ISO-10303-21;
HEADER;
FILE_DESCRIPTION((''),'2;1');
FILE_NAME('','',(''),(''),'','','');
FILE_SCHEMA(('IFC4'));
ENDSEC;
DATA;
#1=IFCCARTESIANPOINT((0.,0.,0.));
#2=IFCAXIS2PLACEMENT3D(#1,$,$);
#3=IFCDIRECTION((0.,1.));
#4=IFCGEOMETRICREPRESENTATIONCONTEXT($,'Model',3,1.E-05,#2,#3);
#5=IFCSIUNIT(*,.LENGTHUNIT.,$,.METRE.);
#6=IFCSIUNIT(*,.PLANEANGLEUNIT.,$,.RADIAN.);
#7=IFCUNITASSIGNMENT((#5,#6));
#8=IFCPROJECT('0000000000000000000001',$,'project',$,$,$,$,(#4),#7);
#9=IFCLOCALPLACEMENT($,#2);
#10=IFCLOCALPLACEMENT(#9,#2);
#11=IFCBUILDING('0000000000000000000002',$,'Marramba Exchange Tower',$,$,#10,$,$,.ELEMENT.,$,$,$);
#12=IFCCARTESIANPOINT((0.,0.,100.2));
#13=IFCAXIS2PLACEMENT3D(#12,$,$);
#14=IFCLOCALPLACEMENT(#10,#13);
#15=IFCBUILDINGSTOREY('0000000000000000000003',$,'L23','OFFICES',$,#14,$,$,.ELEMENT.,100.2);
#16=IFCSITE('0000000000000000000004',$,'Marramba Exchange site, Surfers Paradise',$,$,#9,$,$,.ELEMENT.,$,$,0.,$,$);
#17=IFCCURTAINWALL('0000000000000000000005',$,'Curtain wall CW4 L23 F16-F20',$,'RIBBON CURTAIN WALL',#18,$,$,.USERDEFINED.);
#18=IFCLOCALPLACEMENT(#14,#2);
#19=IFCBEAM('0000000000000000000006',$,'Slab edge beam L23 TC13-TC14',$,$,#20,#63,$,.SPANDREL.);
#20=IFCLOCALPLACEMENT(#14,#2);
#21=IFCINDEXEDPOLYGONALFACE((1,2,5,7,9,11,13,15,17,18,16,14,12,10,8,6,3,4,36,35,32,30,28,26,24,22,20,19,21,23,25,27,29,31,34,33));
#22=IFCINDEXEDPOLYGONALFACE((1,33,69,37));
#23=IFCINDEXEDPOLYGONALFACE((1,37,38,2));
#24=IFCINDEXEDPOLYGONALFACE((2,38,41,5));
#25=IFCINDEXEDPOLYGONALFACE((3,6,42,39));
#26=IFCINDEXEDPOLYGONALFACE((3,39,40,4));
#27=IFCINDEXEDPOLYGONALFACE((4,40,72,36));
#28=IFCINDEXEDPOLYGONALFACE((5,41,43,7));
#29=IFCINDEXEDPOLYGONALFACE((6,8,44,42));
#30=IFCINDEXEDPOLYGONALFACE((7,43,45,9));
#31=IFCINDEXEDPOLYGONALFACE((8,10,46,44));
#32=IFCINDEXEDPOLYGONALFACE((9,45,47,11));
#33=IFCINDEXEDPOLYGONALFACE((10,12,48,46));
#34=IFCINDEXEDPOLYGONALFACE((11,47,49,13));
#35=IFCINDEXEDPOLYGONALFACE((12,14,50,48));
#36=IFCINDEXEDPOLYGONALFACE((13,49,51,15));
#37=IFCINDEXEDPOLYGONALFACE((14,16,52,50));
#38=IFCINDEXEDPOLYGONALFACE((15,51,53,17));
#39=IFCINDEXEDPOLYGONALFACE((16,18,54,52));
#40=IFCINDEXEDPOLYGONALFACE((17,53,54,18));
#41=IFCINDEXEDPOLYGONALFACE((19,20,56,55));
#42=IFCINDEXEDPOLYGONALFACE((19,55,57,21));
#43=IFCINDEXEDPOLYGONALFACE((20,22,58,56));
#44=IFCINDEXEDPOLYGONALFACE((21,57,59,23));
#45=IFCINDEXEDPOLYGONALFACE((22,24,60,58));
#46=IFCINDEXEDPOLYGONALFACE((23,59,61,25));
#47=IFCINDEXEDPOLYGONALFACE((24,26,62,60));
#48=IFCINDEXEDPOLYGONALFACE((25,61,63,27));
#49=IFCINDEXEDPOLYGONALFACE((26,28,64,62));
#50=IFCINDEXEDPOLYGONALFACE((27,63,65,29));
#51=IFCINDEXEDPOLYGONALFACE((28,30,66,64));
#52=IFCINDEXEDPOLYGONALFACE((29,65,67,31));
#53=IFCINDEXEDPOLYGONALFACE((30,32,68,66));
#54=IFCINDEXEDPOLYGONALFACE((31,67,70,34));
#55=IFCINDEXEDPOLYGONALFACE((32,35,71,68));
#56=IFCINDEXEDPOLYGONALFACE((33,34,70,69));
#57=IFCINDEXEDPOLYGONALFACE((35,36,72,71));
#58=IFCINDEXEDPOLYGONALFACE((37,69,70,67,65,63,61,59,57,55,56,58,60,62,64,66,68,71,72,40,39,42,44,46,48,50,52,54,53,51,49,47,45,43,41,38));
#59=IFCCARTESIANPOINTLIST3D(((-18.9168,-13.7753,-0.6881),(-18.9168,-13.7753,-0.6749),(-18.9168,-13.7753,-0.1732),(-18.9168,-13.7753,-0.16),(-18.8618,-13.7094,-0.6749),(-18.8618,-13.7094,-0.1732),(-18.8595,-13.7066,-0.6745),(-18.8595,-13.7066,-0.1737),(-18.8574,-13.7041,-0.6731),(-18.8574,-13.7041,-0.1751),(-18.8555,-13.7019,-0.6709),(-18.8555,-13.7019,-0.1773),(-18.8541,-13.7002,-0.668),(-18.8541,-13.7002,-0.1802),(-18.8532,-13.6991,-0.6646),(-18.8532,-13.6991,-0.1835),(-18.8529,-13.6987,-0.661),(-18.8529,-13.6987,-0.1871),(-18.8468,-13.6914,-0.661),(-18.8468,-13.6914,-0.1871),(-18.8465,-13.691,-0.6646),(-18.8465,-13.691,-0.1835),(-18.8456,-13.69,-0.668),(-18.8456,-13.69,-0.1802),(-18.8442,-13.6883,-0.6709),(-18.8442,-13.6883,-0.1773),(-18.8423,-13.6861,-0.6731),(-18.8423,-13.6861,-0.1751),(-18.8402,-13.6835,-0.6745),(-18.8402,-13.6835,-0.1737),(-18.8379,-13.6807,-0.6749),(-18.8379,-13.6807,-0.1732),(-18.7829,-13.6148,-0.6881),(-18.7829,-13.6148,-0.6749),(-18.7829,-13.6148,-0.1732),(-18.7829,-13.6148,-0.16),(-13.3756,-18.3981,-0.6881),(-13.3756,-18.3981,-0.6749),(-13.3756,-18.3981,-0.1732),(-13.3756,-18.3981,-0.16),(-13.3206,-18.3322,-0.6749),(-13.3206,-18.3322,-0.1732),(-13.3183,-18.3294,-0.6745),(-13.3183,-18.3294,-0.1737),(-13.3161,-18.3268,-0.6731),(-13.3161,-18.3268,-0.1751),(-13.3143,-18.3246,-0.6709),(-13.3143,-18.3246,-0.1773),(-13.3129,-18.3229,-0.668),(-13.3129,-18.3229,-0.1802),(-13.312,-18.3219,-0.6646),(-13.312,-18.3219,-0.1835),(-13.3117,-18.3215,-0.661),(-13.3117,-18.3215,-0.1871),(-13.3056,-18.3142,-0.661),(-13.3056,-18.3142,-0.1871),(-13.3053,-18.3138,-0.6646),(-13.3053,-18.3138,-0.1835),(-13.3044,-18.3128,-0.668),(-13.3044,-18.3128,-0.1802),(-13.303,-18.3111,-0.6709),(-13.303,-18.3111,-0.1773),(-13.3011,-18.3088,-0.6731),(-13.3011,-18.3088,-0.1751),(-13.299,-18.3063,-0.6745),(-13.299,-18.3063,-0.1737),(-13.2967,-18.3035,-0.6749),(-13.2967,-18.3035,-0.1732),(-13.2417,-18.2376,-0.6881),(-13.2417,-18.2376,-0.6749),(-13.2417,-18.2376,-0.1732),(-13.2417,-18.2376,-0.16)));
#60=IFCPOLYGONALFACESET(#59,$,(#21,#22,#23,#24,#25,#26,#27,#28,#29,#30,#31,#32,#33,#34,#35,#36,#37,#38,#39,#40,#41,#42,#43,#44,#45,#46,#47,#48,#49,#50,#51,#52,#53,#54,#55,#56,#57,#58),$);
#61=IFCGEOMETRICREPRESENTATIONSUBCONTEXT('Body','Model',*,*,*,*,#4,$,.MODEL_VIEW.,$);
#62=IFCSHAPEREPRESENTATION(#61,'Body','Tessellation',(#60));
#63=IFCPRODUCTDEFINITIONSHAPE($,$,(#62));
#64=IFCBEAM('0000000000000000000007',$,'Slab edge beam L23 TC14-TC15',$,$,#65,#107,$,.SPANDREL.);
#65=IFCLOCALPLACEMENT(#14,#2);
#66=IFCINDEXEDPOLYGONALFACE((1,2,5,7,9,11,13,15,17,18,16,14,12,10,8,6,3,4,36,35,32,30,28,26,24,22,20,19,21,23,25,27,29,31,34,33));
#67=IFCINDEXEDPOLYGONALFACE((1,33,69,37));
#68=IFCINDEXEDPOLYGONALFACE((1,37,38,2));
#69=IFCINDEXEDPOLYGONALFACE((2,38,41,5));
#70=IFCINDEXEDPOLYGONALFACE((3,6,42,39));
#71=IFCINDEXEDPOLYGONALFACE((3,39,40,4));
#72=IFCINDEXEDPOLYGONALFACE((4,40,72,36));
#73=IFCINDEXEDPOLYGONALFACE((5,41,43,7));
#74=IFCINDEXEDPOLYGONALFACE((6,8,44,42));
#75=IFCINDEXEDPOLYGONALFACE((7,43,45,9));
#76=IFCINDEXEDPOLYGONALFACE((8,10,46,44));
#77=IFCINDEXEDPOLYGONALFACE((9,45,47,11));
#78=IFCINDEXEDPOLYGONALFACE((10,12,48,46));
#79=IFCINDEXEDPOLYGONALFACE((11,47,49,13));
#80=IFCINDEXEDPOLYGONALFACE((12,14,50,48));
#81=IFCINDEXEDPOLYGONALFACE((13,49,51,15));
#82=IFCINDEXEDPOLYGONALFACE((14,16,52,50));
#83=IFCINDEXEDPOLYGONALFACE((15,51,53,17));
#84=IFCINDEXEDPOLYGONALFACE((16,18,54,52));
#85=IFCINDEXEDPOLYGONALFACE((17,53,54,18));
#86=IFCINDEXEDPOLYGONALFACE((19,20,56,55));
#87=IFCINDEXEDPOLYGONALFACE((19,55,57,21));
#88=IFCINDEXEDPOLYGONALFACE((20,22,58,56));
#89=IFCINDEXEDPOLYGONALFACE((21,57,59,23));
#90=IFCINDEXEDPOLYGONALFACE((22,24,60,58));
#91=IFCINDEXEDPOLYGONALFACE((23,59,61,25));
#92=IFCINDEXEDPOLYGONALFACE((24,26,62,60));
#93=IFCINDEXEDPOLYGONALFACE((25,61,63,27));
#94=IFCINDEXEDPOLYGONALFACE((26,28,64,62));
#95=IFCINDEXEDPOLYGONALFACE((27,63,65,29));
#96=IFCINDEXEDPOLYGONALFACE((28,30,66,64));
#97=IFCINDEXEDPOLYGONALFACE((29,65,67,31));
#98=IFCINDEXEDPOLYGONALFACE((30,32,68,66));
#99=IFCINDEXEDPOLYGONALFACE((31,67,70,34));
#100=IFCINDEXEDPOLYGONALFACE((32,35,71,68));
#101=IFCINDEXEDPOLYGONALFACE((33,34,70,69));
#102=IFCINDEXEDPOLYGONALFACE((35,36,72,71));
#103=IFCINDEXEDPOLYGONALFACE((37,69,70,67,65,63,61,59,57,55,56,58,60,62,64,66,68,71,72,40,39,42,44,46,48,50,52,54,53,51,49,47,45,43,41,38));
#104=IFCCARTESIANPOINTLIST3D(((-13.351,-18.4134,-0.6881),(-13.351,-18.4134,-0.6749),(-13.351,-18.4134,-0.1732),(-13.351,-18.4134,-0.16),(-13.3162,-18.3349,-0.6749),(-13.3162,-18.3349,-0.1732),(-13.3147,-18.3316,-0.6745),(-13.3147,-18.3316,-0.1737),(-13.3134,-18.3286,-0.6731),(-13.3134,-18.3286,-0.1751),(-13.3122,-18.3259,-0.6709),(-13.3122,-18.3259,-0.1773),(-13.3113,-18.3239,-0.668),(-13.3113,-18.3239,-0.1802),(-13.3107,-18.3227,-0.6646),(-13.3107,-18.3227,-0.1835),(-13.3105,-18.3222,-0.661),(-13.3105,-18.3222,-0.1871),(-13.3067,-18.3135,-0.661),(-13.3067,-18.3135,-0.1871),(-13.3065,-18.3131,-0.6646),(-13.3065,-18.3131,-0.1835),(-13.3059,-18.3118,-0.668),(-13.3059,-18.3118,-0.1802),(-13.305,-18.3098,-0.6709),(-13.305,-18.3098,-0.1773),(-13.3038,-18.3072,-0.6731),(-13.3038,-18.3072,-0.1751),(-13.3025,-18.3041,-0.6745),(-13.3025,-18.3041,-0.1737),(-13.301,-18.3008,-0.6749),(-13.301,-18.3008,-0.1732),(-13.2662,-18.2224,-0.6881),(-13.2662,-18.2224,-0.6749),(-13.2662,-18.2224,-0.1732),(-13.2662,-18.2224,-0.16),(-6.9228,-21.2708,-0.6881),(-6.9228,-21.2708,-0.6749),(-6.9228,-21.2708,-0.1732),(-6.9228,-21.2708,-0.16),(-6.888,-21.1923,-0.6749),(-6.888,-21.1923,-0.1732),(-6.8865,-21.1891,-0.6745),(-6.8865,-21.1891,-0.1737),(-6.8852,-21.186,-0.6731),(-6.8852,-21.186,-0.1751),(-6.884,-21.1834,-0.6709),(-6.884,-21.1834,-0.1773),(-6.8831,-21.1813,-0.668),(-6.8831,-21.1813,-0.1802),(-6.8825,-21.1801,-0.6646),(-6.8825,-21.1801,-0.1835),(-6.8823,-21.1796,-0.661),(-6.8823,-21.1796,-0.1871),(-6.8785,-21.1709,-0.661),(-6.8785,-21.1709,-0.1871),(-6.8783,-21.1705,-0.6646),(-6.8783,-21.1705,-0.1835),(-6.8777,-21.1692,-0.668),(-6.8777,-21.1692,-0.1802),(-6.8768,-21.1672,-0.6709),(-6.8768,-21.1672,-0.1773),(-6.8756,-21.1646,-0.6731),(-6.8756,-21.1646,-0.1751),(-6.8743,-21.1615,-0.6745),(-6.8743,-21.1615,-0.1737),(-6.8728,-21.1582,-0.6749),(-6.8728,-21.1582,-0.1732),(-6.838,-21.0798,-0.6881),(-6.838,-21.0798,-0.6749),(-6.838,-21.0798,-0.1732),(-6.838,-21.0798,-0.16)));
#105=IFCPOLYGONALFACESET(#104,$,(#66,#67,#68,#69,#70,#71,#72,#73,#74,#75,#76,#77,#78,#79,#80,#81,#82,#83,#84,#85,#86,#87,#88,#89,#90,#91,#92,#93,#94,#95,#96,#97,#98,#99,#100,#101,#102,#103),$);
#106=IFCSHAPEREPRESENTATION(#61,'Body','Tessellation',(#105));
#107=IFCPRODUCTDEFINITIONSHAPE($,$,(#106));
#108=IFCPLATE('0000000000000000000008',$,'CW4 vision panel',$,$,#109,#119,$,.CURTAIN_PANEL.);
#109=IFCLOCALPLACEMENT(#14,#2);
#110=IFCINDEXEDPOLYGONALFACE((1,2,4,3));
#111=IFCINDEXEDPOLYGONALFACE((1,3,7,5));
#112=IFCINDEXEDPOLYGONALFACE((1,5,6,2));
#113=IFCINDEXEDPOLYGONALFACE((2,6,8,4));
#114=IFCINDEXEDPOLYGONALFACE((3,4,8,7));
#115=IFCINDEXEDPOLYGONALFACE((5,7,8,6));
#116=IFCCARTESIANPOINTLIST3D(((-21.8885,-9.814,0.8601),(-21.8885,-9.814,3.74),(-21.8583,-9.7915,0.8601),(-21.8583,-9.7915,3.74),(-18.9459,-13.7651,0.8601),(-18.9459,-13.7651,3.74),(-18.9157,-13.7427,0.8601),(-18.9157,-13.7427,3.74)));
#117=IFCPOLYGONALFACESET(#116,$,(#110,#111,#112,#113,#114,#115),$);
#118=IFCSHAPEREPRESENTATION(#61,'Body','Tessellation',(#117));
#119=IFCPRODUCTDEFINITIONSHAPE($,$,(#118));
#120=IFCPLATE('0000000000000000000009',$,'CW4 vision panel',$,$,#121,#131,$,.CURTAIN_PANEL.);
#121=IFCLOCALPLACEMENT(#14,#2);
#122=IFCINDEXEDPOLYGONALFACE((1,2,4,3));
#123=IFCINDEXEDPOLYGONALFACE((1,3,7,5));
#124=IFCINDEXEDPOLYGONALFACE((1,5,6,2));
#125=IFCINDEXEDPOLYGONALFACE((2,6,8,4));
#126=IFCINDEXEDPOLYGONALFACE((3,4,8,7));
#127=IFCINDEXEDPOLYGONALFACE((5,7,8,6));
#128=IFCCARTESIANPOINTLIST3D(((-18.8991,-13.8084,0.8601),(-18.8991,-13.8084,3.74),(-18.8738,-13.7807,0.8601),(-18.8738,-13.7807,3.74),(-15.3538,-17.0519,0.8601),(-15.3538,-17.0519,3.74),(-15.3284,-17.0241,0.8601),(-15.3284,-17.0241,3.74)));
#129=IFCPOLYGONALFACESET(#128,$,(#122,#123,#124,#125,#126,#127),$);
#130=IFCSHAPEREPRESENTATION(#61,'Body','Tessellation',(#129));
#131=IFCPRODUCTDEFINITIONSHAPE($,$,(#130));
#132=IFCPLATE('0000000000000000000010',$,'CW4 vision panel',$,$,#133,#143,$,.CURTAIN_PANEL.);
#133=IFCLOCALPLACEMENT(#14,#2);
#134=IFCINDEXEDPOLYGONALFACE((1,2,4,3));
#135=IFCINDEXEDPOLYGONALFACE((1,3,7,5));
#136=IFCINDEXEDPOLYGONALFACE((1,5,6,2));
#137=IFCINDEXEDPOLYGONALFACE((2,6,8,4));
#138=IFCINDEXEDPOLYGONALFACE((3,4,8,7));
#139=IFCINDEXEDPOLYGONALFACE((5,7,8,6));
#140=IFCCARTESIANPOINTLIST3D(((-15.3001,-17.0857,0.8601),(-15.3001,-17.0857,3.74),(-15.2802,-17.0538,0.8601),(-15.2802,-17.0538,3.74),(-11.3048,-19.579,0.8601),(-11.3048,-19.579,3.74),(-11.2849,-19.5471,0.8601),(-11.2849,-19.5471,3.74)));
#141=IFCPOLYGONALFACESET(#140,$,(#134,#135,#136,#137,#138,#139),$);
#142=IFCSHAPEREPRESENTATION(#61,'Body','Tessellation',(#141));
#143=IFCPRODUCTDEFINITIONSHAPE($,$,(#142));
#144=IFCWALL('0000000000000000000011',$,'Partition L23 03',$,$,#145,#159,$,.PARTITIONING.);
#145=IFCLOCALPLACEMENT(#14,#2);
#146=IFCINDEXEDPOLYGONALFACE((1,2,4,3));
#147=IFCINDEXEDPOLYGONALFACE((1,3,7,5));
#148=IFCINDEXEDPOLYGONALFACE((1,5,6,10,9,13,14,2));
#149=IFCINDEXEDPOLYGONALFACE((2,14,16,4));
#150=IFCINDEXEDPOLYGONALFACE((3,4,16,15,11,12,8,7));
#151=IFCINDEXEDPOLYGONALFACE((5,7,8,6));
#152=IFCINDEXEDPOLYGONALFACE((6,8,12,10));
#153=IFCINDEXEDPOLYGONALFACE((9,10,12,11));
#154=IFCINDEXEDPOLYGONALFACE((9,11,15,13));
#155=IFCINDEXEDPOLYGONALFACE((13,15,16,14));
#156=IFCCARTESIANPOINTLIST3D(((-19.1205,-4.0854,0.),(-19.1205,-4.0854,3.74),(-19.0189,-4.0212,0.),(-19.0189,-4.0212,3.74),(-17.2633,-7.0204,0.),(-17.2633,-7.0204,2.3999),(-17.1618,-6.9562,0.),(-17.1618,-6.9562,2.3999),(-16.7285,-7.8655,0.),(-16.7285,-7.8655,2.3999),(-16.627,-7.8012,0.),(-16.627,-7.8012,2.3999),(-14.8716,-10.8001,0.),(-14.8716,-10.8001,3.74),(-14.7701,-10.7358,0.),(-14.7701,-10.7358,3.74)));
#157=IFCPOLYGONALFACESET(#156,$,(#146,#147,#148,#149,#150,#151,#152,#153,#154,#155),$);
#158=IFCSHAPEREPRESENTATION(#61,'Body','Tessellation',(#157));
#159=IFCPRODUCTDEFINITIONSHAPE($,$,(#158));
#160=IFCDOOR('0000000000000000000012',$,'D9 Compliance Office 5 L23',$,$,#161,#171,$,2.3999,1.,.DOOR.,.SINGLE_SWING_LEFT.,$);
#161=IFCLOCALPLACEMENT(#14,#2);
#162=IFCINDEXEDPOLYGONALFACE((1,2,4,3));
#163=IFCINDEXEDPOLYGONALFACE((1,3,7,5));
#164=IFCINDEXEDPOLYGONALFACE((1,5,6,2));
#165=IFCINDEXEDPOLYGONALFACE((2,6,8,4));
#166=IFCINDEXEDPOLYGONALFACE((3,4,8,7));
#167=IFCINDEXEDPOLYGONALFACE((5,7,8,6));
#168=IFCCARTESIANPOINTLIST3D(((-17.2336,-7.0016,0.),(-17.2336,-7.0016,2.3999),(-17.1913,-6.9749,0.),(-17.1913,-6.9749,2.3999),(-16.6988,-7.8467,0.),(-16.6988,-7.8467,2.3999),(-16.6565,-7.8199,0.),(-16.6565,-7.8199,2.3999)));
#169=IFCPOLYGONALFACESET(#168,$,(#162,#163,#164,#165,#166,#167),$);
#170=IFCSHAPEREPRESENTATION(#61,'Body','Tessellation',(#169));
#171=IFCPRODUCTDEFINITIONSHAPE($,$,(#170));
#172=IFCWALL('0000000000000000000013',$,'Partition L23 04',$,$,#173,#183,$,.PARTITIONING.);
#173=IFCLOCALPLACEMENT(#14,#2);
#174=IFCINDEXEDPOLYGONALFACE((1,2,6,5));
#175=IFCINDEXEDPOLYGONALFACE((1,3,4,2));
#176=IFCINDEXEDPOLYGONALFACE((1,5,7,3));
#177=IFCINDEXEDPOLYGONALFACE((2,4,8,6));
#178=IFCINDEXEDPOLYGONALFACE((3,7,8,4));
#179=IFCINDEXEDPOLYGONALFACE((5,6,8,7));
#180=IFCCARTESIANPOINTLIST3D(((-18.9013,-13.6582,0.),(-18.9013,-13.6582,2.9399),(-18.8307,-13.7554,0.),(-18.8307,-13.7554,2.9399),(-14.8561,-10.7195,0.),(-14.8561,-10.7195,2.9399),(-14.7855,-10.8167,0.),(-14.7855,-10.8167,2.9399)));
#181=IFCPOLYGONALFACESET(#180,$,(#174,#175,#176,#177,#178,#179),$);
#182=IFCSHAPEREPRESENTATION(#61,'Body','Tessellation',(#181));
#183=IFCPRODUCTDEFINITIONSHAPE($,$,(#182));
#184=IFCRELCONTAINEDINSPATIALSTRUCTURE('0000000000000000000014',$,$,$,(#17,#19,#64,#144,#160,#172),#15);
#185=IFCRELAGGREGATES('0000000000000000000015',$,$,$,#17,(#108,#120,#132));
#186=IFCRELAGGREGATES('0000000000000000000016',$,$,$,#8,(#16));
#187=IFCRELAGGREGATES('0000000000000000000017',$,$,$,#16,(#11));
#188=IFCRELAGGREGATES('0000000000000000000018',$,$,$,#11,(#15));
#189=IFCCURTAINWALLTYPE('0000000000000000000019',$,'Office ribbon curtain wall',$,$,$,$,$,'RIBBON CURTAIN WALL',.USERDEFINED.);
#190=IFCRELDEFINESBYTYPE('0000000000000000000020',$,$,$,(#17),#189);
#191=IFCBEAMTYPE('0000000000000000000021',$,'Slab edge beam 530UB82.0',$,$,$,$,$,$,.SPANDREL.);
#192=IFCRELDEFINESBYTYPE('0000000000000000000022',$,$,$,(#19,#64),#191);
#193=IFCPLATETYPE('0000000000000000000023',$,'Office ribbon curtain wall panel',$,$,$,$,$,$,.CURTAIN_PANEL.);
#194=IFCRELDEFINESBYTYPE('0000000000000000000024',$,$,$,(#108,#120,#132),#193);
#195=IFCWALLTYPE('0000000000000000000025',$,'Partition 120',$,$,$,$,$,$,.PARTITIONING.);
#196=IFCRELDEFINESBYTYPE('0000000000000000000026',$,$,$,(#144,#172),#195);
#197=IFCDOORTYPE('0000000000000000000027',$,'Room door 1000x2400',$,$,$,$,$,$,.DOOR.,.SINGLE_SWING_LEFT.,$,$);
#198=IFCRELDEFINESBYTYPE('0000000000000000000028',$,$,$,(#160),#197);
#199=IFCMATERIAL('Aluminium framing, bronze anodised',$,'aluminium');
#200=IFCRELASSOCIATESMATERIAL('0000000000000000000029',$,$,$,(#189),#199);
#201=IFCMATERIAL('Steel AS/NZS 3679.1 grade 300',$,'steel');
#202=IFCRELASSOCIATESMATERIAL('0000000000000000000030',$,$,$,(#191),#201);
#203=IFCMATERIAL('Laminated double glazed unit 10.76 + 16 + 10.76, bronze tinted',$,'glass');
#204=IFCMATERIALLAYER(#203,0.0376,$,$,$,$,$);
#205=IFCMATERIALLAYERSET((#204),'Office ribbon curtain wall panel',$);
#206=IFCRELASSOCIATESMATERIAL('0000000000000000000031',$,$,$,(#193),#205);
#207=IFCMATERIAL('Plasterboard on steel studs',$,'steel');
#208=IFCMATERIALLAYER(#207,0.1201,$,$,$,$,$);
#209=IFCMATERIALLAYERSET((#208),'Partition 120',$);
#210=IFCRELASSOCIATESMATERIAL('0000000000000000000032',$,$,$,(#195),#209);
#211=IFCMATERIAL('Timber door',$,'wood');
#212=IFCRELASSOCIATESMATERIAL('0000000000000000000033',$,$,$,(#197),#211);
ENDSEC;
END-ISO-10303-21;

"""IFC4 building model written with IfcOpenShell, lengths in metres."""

from ifc_helpers import new_model, si_unit, direction, frame, frame_2d, origin, origin_2d, place, context, subcontext, project, spatial, rectangle, i_section, extrude, material, layer, layer_set, material_profile, profile_set, type_object, element, fill, aggregate, save


model = new_model("IFC4")

# Units and contexts
model_context = context("Model", 3, precision=1e-05, world=origin(), true_north=direction((0.0, 1.0)))
body_context = subcontext(model_context, "Body", "Model", "MODEL_VIEW")
ifc_project = project(units=[si_unit("LENGTHUNIT", "METRE"), si_unit("PLANEANGLEUNIT", "RADIAN")], contexts=[model_context])

# Site, building, storey
site_placement = place(None, origin())
site = spatial("IfcSite", under=ifc_project, at=site_placement, Name="Marramba Exchange site, Surfers Paradise", CompositionType="ELEMENT", RefElevation=0.0)
building_placement = place(site_placement, origin())
building = spatial("IfcBuilding", under=site, at=building_placement, Name="Marramba Exchange Tower", CompositionType="ELEMENT")
storey_placement = place(building_placement, frame((0.0, 0.0, 100.2)))
storey = spatial("IfcBuildingStorey", under=building, at=storey_placement, Name="L23", Description="OFFICES", CompositionType="ELEMENT", Elevation=100.2)

# Curtain wall
ifc_material_1 = material(Name="Aluminium framing, bronze anodised", Category="aluminium")
curtain_wall_type = type_object("IfcCurtainWallType", Name="Office ribbon curtain wall", ElementType="RIBBON CURTAIN WALL", PredefinedType="USERDEFINED", material=ifc_material_1)
curtain_wall_placement = place(storey_placement, origin())
curtain_wall = element("IfcCurtainWall", 1, at=curtain_wall_placement, inside=storey, type_object=curtain_wall_type, Name="Curtain wall CW4 L23 F16-F20", ObjectType="RIBBON CURTAIN WALL", PredefinedType="USERDEFINED")

# Beams
ifc_material_2 = material(Name="Steel AS/NZS 3679.1 grade 300", Category="steel")
ifc_material_profile_1 = material_profile(ifc_material_2, i_section(OverallWidth=0.209, OverallDepth=0.5281, WebThickness=0.0095, FlangeThickness=0.0132, FilletRadius=0.0139, at=origin_2d()), Name="530UB82.0")
ifc_profile_set_1 = profile_set([ifc_material_profile_1], Name="Steel AS/NZS 3679.1 grade 300")
beam_type_1 = type_object("IfcBeamType", Name="Slab edge beam 530UB82.0", PredefinedType="SPANDREL", material=ifc_profile_set_1)
beam_1_placement = place(storey_placement, frame((-18.8499, -13.6951, -0.4241), z_axis=(0.767875, -0.6406, 0.0), x_axis=(0.6406, 0.767875, 0.0)))
element("IfcBeam", 2, at=beam_1_placement, inside=storey, type_object=beam_type_1, Name="Slab edge beam L23 TC13-TC14", PredefinedType="SPANDREL", context=body_context, shape_type="SweptSolid", body=[
    extrude(i_section(OverallWidth=0.209, OverallDepth=0.5281, WebThickness=0.0095, FlangeThickness=0.0132, FilletRadius=0.0139, at=origin_2d()), origin(), (0.0, 0.0, 1.0), 7.2163),
])
beam_2_placement = place(storey_placement, frame((-13.3086, -18.3179, -0.4241), z_axis=(0.913789, -0.40619, 0.0), x_axis=(0.40619, 0.913789, 0.0)))
element("IfcBeam", 3, at=beam_2_placement, inside=storey, type_object=beam_type_1, Name="Slab edge beam L23 TC14-TC15", PredefinedType="SPANDREL", context=body_context, shape_type="SweptSolid", body=[
    extrude(i_section(OverallWidth=0.209, OverallDepth=0.5281, WebThickness=0.0095, FlangeThickness=0.0132, FilletRadius=0.0139, at=origin_2d()), origin(), (0.0, 0.0, 1.0), 7.0347),
])

# Plates
ifc_material_3 = material(Name="Laminated double glazed unit 10.76 + 16 + 10.76, bronze tinted", Category="glass")
ifc_layer_1 = layer(ifc_material_3, 0.0376)
ifc_layer_set_1 = layer_set([ifc_layer_1], Name="Office ribbon curtain wall panel")
plate_type = type_object("IfcPlateType", Name="Office ribbon curtain wall panel", PredefinedType="CURTAIN_PANEL", material=ifc_layer_set_1)
plate_1_placement = place(storey_placement, frame((-20.4021, -11.7783, 0.8601), z_axis=(0.0, 0.0, 1.0), x_axis=(0.597305, -0.802014, 0.0)))
plate_1 = element("IfcPlate", 4, at=plate_1_placement, type_object=plate_type, Name="CW4 vision panel", PredefinedType="CURTAIN_PANEL", context=body_context, shape_type="SweptSolid", body=[
    extrude(rectangle(XDim=4.9265, YDim=0.0376, at=origin_2d()), origin(), (0.0, 0.0, 1.0), 2.8799),
])
plate_2_placement = place(storey_placement, frame((-17.1138, -15.4163, 0.8601), z_axis=(0.0, 0.0, 1.0), x_axis=(0.737822, -0.674995, 0.0)))
plate_2 = element("IfcPlate", 5, at=plate_2_placement, type_object=plate_type, Name="CW4 vision panel", PredefinedType="CURTAIN_PANEL", context=body_context, shape_type="SweptSolid", body=[
    extrude(rectangle(XDim=4.8052, YDim=0.0376, at=origin_2d()), origin(), (0.0, 0.0, 1.0), 2.8799),
])
plate_3_placement = place(storey_placement, frame((-13.2925, -18.3164, 0.8601), z_axis=(0.0, 0.0, 1.0), x_axis=(0.848355, -0.529428, 0.0)))
plate_3 = element("IfcPlate", 6, at=plate_3_placement, type_object=plate_type, Name="CW4 vision panel", PredefinedType="CURTAIN_PANEL", context=body_context, shape_type="SweptSolid", body=[
    extrude(rectangle(XDim=4.7095, YDim=0.0376, at=origin_2d()), origin(), (0.0, 0.0, 1.0), 2.8799),
])
aggregate(curtain_wall, [plate_1, plate_2, plate_3])

# Wall, opening, door
ifc_material_4 = material(Name="Plasterboard on steel studs", Category="steel")
ifc_layer_2 = layer(ifc_material_4, 0.1201)
ifc_layer_set_2 = layer_set([ifc_layer_2], Name="Partition 120")
wall_type = type_object("IfcWallType", Name="Partition 120", PredefinedType="PARTITIONING", material=ifc_layer_set_2)
wall_1_placement = place(storey_placement, frame((-14.8208, -10.7681, 0.0), z_axis=(0.0, 0.0, 1.0), x_axis=(-0.534711, 0.845035, 0.0)))
wall_1 = element("IfcWall", 7, at=wall_1_placement, inside=storey, type_object=wall_type, Name="Partition L23 03", PredefinedType="PARTITIONING", context=body_context, shape_type="SweptSolid", body=[
    extrude(rectangle(XDim=7.946, YDim=0.1201, at=frame_2d((3.9731, 0.0))), origin(), (0.0, 0.0, 1.0), 3.74),
])
opening_1_placement = place(wall_1_placement, frame((3.4729, 0.0, 0.0)))
opening_1 = element("IfcOpeningElement", 8, at=opening_1_placement, cuts=wall_1, PredefinedType="OPENING", context=body_context, shape_type="SweptSolid", body=[
    extrude(rectangle(XDim=1.0, YDim=2.3999, at=frame_2d((0.5, 1.2))), frame((0.0, 0.0701, 0.0), z_axis=(0.0, -1.0, 0.0), x_axis=(1.0, 0.0, 0.0)), (0.0, 0.0, 1.0), 0.1401),
])
ifc_material_5 = material(Name="Timber door", Category="wood")
door_type = type_object("IfcDoorType", Name="Room door 1000x2400", OperationType="SINGLE_SWING_LEFT", PredefinedType="DOOR", material=ifc_material_5)
door_1_placement = place(opening_1_placement, origin())
door_1 = element("IfcDoor", 9, at=door_1_placement, inside=storey, type_object=door_type, Name="D9 Compliance Office 5 L23", OperationType="SINGLE_SWING_LEFT", OverallHeight=2.3999, OverallWidth=1.0, PredefinedType="DOOR", context=body_context, shape_type="SweptSolid", body=[
    extrude(rectangle(XDim=1.0, YDim=2.3999, at=frame_2d((0.5, 1.2))), frame((0.0, 0.0249, 0.0), z_axis=(0.0, -1.0, 0.0), x_axis=(1.0, 0.0, 0.0)), (0.0, 0.0, 1.0), 0.05),
])
fill(opening_1, door_1)

# Wall
wall_2_placement = place(storey_placement, frame((-14.8208, -10.7681, 0.0), z_axis=(0.0, 0.0, 1.0), x_axis=(-0.809042, -0.587751, 0.0)))
element("IfcWall", 10, at=wall_2_placement, inside=storey, type_object=wall_type, Name="Partition L23 04", PredefinedType="PARTITIONING", context=body_context, shape_type="SweptSolid", body=[
    extrude(rectangle(XDim=5.0, YDim=0.1201, at=frame_2d((2.5, 0.0))), origin(), (0.0, 0.0, 1.0), 2.9399),
])

save(model, "model.ifc")
